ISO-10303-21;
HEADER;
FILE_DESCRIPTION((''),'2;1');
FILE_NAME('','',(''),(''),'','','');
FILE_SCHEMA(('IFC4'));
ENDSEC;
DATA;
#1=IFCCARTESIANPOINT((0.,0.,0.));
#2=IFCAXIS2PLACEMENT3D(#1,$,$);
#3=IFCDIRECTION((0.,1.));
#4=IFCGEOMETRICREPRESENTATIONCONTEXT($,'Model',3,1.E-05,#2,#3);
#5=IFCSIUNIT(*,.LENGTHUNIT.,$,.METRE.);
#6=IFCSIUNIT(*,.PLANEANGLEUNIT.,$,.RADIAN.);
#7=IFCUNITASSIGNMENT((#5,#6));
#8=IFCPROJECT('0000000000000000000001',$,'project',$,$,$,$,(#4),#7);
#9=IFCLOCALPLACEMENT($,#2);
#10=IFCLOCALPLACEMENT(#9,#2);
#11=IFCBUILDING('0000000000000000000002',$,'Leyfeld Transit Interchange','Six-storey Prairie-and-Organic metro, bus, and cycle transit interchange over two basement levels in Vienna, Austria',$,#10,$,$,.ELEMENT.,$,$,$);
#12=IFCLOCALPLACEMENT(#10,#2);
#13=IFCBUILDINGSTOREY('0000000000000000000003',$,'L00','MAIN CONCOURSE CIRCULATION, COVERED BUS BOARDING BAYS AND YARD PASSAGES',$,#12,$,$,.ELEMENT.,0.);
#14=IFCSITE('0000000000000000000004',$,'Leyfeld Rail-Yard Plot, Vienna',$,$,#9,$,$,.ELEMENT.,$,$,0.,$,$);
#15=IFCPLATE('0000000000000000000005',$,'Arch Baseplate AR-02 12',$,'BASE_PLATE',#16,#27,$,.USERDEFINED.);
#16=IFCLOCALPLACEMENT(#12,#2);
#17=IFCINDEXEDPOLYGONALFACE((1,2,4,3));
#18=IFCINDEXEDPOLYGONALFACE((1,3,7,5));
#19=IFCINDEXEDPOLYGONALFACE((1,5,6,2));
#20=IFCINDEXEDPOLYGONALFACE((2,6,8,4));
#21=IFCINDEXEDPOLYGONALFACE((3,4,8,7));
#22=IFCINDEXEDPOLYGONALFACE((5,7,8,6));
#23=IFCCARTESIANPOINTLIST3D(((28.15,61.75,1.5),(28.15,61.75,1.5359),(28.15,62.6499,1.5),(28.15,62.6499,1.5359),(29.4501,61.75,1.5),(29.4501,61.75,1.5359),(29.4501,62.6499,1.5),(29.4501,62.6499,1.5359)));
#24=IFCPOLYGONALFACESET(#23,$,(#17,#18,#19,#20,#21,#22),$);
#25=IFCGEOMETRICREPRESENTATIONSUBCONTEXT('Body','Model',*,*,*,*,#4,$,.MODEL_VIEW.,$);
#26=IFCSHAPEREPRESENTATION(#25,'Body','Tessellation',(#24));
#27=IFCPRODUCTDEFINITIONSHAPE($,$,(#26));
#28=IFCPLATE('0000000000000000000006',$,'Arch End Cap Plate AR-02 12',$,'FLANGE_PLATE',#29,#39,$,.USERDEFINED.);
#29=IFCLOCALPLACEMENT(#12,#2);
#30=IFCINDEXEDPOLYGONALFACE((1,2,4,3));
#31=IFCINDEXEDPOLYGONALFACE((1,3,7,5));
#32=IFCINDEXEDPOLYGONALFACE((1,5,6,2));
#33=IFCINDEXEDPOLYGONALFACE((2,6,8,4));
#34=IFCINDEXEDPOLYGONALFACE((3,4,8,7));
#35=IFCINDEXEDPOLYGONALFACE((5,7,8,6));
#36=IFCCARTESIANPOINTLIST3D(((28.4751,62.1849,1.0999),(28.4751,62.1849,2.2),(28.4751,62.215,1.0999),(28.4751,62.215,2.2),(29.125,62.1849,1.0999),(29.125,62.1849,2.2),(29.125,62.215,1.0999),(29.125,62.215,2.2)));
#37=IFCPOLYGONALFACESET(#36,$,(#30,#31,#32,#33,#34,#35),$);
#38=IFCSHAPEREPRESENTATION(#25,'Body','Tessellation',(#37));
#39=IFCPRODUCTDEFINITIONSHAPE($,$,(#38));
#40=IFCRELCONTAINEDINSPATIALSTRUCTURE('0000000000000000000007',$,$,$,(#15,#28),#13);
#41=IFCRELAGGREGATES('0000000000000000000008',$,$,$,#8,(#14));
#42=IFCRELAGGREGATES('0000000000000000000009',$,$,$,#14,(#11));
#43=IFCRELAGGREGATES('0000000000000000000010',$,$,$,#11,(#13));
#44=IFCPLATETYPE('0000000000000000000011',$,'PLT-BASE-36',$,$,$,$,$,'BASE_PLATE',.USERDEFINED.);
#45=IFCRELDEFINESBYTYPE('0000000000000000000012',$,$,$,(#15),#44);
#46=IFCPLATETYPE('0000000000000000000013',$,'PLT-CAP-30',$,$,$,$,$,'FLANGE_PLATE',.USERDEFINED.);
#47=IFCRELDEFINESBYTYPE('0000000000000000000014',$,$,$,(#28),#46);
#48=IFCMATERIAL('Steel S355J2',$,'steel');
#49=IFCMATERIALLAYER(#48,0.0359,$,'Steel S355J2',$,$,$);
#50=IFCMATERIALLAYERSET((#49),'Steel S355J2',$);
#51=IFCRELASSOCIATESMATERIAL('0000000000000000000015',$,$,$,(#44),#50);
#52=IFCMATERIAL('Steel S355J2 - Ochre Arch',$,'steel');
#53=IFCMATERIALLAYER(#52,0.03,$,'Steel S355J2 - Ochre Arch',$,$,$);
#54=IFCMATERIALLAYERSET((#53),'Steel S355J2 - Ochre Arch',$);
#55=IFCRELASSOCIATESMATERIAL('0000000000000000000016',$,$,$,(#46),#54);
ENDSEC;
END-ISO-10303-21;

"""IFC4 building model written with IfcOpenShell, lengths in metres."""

from ifc_helpers import new_model, si_unit, direction, frame, origin, origin_2d, place, context, subcontext, project, spatial, rectangle, extrude, material, layer, layer_set, type_object, element, save


model = new_model("IFC4")

# Units and contexts
model_context = context("Model", 3, precision=1e-05, world=origin(), true_north=direction((0.0, 1.0)))
body_context = subcontext(model_context, "Body", "Model", "MODEL_VIEW")
ifc_project = project(units=[si_unit("LENGTHUNIT", "METRE"), si_unit("PLANEANGLEUNIT", "RADIAN")], contexts=[model_context])

# Site, building, storey
site_placement = place(None, origin())
site = spatial("IfcSite", under=ifc_project, at=site_placement, Name="Leyfeld Rail-Yard Plot, Vienna", CompositionType="ELEMENT", RefElevation=0.0)
building_placement = place(site_placement, origin())
building = spatial("IfcBuilding", under=site, at=building_placement, Name="Leyfeld Transit Interchange", Description="Six-storey Prairie-and-Organic metro, bus, and cycle transit interchange over two basement levels in Vienna, Austria", CompositionType="ELEMENT")
storey_placement = place(building_placement, origin())
storey = spatial("IfcBuildingStorey", under=building, at=storey_placement, Name="L00", Description="MAIN CONCOURSE CIRCULATION, COVERED BUS BOARDING BAYS AND YARD PASSAGES", CompositionType="ELEMENT", Elevation=0.0)

# Shared definitions
ifc_material_1 = material(Name="Steel S355J2", Category="steel")

# Plates
ifc_layer_1 = layer(ifc_material_1, 0.0359, Name="Steel S355J2")
ifc_layer_set_1 = layer_set([ifc_layer_1], Name="Steel S355J2")
plate_type_1 = type_object("IfcPlateType", Name="PLT-BASE-36", ElementType="BASE_PLATE", PredefinedType="USERDEFINED", material=ifc_layer_set_1)
plate_1_placement = place(storey_placement, frame((28.8, 62.2, 1.5), z_axis=(0.0, 0.0, 1.0), x_axis=(1.0, 0.0, 0.0)))
element("IfcPlate", 1, at=plate_1_placement, inside=storey, type_object=plate_type_1, Name="Arch Baseplate AR-02 12", ObjectType="BASE_PLATE", PredefinedType="USERDEFINED", context=body_context, shape_type="SweptSolid", body=[
    extrude(rectangle(XDim=1.3, YDim=0.8999, at=origin_2d()), origin(), (0.0, 0.0, 1.0), 0.0359),
])
ifc_material_2 = material(Name="Steel S355J2 - Ochre Arch", Category="steel")
ifc_layer_2 = layer(ifc_material_2, 0.03, Name="Steel S355J2 - Ochre Arch")
ifc_layer_set_2 = layer_set([ifc_layer_2], Name="Steel S355J2 - Ochre Arch")
plate_type_2 = type_object("IfcPlateType", Name="PLT-CAP-30", ElementType="FLANGE_PLATE", PredefinedType="USERDEFINED", material=ifc_layer_set_2)
plate_2_placement = place(storey_placement, frame((28.8, 62.2, 1.0999), z_axis=(0.0, 0.0, 1.0), x_axis=(1.0, 0.0, 0.0)))
element("IfcPlate", 2, at=plate_2_placement, inside=storey, type_object=plate_type_2, Name="Arch End Cap Plate AR-02 12", ObjectType="FLANGE_PLATE", PredefinedType="USERDEFINED", context=body_context, shape_type="SweptSolid", body=[
    extrude(rectangle(XDim=0.6499, YDim=0.03, at=origin_2d()), origin(), (0.0, 0.0, 1.0), 1.1001),
])

save(model, "model.ifc")
